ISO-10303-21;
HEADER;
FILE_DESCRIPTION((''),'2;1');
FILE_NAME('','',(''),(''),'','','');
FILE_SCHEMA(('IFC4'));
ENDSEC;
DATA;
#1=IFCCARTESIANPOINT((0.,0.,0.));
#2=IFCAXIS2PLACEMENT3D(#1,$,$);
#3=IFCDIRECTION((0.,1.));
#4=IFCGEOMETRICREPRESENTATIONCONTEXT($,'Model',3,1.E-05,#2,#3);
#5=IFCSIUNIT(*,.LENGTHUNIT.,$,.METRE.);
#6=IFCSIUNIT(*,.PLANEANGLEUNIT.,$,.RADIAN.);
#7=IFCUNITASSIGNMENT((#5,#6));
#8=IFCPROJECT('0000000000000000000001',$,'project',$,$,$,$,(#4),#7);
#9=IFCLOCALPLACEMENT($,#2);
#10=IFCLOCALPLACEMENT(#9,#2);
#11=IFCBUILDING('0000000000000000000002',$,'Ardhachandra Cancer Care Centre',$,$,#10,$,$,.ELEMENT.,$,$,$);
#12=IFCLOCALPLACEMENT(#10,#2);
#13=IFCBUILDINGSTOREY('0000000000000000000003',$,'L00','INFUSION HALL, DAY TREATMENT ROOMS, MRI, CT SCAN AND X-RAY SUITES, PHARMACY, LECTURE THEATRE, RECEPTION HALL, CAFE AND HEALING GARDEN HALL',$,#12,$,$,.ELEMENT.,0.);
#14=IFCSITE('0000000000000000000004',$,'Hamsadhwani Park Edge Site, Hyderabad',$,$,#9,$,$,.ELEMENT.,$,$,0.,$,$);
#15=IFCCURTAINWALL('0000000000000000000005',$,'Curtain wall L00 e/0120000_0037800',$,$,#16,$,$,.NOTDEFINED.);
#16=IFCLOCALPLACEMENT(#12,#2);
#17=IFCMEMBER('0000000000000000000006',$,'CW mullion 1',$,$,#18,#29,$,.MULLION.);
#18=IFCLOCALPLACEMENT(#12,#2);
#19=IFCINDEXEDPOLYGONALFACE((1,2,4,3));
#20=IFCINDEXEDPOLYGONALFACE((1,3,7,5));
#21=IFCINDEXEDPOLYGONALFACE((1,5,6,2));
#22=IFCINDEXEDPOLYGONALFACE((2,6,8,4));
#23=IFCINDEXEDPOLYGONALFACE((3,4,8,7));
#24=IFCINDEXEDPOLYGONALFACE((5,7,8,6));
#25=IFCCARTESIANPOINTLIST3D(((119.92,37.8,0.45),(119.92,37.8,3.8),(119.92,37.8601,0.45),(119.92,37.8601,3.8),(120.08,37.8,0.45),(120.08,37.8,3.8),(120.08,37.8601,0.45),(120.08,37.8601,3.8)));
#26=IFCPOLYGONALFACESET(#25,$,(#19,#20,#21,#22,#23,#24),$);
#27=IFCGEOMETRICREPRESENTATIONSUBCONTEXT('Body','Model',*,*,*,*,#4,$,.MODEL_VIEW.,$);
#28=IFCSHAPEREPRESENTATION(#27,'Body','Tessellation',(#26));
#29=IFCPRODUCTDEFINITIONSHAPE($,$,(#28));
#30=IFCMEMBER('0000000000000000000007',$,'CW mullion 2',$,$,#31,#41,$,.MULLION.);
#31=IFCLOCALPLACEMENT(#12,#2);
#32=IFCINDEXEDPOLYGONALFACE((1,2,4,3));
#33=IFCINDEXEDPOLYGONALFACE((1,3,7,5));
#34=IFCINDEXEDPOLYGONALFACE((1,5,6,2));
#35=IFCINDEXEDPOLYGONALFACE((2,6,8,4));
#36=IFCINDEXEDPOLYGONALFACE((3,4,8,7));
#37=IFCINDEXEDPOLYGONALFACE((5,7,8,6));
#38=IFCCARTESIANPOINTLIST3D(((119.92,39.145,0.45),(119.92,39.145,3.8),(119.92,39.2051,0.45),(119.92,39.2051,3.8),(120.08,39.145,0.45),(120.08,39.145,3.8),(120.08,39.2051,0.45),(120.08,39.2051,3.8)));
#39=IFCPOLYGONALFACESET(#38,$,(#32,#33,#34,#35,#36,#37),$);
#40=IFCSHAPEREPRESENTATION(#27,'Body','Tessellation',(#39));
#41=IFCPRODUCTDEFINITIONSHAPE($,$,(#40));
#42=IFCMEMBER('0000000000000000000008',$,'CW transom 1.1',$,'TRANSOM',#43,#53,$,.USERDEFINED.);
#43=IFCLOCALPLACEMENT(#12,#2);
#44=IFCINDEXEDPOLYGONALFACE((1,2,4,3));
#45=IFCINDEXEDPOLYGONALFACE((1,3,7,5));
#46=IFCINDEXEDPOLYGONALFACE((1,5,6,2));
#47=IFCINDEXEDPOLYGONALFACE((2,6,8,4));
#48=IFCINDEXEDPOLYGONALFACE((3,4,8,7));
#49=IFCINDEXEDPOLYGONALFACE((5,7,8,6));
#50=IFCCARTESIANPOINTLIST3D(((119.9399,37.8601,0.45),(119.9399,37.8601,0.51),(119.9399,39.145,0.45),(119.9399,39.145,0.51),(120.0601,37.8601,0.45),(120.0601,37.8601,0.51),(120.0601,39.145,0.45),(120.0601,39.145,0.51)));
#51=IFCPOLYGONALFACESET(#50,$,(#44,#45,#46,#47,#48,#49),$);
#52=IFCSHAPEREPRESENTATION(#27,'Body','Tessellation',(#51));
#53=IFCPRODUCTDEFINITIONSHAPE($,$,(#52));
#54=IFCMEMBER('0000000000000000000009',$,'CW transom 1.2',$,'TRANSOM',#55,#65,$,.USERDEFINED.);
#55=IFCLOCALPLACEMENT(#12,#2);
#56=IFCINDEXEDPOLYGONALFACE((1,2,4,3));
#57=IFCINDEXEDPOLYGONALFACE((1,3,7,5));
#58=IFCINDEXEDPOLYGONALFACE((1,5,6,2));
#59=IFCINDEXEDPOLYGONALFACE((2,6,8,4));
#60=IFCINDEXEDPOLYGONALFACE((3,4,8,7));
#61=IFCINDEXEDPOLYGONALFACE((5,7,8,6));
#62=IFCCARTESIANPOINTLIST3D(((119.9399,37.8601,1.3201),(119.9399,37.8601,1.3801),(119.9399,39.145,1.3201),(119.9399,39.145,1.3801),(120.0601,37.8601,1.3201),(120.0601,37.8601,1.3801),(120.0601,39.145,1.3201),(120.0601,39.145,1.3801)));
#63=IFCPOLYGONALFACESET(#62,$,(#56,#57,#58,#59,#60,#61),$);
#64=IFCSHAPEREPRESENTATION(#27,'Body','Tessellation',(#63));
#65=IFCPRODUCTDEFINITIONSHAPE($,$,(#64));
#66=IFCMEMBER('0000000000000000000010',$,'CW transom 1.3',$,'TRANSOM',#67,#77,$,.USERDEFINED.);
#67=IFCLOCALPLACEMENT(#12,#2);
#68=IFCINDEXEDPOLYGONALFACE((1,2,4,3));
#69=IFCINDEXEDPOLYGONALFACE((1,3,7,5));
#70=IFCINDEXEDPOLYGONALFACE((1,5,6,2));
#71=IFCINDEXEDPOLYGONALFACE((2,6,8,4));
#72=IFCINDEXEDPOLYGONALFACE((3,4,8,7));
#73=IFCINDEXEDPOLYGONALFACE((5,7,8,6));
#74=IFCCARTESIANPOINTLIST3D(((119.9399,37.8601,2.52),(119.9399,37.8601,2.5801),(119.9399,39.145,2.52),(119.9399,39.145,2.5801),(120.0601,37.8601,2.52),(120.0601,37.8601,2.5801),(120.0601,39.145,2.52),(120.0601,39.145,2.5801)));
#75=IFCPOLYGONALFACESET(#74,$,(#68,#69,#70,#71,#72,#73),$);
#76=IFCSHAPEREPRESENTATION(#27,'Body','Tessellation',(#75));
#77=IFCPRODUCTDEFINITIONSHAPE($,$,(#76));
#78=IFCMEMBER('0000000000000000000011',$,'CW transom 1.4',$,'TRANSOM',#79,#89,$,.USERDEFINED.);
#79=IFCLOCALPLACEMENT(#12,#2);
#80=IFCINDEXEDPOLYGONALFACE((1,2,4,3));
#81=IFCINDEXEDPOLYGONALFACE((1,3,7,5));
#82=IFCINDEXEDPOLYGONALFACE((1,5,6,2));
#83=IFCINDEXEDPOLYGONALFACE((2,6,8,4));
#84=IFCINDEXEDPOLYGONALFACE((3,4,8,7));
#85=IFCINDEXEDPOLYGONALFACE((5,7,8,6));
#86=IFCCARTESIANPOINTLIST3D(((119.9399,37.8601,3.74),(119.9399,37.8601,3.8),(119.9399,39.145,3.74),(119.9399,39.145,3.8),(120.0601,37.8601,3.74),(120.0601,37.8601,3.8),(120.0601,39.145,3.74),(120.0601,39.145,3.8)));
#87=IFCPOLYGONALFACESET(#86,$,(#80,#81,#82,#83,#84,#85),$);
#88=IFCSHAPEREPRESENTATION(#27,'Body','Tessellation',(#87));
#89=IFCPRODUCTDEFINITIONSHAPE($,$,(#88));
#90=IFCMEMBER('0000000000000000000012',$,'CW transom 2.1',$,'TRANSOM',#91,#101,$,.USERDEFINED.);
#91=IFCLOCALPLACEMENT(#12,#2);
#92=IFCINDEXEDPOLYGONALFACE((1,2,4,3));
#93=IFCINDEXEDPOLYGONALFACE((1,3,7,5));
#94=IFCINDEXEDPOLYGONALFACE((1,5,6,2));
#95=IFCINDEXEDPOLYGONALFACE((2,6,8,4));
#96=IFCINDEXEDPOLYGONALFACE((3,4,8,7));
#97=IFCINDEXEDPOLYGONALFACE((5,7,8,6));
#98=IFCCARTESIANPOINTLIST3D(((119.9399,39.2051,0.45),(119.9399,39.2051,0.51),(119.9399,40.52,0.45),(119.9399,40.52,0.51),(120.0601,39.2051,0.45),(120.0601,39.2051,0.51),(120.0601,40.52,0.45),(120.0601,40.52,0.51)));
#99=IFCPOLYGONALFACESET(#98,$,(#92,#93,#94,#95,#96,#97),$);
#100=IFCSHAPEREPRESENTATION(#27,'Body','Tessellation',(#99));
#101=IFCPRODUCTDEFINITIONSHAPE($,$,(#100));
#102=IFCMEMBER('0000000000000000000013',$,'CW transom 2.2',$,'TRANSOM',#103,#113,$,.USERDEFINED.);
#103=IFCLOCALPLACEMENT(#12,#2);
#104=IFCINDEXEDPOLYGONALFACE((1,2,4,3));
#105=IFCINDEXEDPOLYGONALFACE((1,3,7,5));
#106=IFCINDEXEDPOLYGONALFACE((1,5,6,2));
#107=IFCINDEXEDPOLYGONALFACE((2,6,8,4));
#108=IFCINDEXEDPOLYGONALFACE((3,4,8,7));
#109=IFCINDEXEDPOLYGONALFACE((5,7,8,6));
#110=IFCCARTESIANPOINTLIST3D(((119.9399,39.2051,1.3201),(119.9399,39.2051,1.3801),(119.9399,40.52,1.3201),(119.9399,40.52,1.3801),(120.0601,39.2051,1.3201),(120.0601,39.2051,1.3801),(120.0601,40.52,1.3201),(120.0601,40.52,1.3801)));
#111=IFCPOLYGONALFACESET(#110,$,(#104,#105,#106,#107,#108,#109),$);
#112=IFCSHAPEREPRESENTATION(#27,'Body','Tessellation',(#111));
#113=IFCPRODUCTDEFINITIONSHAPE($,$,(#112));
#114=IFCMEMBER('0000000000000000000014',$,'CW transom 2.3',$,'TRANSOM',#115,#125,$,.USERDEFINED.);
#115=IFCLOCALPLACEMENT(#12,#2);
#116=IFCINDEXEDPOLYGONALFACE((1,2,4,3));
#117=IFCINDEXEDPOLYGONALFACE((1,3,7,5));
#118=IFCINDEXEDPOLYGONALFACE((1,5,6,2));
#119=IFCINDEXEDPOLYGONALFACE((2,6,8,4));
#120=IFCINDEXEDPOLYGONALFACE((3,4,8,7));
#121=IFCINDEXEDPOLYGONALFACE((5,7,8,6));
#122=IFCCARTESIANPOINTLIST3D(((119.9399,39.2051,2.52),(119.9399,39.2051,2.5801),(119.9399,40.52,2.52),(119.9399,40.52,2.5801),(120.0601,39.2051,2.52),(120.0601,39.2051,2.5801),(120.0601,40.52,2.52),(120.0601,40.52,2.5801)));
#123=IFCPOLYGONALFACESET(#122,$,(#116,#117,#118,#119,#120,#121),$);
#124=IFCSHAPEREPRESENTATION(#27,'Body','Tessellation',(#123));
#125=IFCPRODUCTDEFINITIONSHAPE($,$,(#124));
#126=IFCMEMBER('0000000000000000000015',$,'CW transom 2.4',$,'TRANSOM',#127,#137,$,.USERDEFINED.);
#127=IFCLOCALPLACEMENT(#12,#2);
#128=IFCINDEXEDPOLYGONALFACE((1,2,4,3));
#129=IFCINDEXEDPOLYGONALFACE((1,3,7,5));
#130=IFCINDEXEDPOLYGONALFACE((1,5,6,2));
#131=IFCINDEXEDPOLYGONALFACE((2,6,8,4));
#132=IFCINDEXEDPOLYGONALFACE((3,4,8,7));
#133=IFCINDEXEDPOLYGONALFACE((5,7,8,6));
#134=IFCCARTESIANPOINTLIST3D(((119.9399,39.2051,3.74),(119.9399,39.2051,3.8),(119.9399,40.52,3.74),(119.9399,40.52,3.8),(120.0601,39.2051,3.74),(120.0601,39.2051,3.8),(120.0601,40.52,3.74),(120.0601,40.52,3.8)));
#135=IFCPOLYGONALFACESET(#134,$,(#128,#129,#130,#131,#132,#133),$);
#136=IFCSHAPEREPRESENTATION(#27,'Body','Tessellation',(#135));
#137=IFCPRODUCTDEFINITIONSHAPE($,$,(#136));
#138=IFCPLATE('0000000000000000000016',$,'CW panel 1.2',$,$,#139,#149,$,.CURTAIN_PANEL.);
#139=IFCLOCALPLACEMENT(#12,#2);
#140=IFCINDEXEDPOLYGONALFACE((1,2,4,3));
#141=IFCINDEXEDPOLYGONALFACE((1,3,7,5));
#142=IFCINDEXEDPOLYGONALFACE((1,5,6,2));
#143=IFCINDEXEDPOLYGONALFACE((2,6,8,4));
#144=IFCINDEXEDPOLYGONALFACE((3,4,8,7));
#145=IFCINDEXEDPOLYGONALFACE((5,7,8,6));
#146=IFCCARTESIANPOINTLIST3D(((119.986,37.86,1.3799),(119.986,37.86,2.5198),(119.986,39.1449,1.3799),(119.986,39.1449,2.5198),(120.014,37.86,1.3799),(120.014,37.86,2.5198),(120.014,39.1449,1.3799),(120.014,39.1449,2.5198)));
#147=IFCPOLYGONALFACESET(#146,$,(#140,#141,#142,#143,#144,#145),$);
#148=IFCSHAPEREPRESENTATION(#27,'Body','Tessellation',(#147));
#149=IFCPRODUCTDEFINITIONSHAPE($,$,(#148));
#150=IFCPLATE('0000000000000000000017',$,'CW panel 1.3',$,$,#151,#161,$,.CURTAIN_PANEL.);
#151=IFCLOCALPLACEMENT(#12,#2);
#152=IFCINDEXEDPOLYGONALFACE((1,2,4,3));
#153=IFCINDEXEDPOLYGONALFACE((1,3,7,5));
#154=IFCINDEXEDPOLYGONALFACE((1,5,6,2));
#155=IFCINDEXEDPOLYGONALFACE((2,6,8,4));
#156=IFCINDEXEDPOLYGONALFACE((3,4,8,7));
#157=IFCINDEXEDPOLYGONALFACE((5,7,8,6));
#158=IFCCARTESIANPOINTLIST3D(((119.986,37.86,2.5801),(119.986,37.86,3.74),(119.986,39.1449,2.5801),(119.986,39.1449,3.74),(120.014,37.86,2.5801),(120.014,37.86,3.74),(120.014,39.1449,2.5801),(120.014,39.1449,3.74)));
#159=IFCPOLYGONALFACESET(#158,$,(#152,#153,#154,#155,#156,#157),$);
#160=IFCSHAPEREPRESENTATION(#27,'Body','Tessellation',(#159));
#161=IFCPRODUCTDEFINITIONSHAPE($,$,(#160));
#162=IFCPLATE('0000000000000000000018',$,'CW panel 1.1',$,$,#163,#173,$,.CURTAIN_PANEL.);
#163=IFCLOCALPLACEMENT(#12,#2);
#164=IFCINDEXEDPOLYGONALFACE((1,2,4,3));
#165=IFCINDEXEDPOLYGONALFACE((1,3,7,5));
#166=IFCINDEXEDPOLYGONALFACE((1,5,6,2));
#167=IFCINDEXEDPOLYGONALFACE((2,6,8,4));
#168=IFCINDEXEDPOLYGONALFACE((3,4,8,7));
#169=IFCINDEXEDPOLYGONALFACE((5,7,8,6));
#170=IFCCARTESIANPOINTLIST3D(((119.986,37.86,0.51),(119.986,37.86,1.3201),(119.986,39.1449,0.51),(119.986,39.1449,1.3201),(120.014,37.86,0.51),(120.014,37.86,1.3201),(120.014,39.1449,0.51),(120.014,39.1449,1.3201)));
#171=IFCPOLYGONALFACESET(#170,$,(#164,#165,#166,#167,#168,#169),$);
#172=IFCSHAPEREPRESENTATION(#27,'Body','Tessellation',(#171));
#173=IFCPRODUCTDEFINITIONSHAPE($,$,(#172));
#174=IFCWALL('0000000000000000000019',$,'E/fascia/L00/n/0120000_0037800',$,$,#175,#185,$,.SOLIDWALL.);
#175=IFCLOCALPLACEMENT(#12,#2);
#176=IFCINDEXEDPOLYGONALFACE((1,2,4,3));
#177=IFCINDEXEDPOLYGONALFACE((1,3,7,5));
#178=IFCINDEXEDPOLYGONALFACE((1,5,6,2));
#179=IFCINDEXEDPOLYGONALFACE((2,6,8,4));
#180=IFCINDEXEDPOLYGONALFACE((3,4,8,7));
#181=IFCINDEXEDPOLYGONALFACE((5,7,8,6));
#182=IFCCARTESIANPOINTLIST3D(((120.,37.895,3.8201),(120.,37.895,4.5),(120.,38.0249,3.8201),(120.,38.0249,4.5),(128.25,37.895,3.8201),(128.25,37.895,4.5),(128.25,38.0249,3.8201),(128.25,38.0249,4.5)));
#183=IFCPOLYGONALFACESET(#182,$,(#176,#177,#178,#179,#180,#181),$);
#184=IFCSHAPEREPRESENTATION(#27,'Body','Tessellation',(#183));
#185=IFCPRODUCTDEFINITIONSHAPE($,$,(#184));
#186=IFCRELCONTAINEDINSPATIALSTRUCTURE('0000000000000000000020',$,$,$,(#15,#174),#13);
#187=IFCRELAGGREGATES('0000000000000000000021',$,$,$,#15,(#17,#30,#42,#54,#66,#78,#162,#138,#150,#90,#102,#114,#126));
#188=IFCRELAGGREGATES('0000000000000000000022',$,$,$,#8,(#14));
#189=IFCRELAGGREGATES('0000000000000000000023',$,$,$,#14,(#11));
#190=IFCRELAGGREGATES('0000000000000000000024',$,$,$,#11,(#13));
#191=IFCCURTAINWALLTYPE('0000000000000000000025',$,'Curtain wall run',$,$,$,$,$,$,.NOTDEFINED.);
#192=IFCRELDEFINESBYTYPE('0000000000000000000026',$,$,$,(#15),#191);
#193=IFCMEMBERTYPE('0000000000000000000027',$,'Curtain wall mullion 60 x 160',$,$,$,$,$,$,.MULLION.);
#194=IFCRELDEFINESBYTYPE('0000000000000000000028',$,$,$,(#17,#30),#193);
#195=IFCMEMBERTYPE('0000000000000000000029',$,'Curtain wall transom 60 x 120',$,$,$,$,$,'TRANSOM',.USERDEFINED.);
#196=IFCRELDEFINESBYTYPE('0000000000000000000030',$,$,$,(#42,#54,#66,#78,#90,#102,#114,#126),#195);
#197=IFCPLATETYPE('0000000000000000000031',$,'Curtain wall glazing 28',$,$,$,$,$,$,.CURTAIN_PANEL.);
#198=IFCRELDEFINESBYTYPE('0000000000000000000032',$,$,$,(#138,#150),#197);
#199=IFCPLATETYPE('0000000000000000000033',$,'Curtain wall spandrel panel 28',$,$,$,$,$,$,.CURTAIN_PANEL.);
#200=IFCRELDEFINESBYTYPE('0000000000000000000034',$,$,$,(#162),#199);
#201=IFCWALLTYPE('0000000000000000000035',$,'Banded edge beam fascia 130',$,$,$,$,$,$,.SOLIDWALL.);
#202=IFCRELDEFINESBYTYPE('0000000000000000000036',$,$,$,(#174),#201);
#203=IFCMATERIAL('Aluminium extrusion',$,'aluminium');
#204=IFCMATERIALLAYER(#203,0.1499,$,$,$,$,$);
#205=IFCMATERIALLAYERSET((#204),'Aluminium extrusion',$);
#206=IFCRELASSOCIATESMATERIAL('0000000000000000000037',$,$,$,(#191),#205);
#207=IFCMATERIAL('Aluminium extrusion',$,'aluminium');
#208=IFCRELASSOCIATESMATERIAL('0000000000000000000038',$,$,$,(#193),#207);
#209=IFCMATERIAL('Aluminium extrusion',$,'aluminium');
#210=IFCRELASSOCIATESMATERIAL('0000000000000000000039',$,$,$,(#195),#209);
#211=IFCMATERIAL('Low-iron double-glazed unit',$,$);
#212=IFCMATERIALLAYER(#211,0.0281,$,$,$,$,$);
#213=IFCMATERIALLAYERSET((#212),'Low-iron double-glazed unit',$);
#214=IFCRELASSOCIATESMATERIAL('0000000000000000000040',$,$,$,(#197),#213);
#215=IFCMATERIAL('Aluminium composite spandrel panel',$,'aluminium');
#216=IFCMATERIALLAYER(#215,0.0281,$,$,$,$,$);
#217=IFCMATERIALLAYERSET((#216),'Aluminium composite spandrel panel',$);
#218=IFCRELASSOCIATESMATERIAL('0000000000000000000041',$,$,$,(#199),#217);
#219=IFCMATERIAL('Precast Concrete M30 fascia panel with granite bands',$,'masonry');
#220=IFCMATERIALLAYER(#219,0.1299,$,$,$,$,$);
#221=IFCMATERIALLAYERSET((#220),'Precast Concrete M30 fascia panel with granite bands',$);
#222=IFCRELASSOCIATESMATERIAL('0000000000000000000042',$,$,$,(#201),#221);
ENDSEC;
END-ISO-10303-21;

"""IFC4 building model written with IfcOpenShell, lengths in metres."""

from ifc_helpers import new_model, si_unit, direction, frame, frame_2d, origin, origin_2d, place, context, subcontext, project, spatial, rectangle, extrude, material, layer, layer_set, material_profile, profile_set, type_object, element, aggregate, save


model = new_model("IFC4")

# Units and contexts
model_context = context("Model", 3, precision=1e-05, world=origin(), true_north=direction((0.0, 1.0)))
body_context = subcontext(model_context, "Body", "Model", "MODEL_VIEW")
ifc_project = project(units=[si_unit("LENGTHUNIT", "METRE"), si_unit("PLANEANGLEUNIT", "RADIAN")], contexts=[model_context])

# Site, building, storey
site_placement = place(None, origin())
site = spatial("IfcSite", under=ifc_project, at=site_placement, Name="Hamsadhwani Park Edge Site, Hyderabad", CompositionType="ELEMENT", RefElevation=0.0)
building_placement = place(site_placement, origin())
building = spatial("IfcBuilding", under=site, at=building_placement, Name="Ardhachandra Cancer Care Centre", CompositionType="ELEMENT")
storey_placement = place(building_placement, origin())
storey = spatial("IfcBuildingStorey", under=building, at=storey_placement, Name="L00", Description="INFUSION HALL, DAY TREATMENT ROOMS, MRI, CT SCAN AND X-RAY SUITES, PHARMACY, LECTURE THEATRE, RECEPTION HALL, CAFE AND HEALING GARDEN HALL", CompositionType="ELEMENT", Elevation=0.0)

# Curtain wall, members, plates
ifc_material_1 = material(Name="Aluminium extrusion", Category="aluminium")
ifc_layer_1 = layer(ifc_material_1, 0.1499)
ifc_layer_set_1 = layer_set([ifc_layer_1], Name="Aluminium extrusion")
curtain_wall_type = type_object("IfcCurtainWallType", Name="Curtain wall run", PredefinedType="NOTDEFINED", material=ifc_layer_set_1)
curtain_wall_placement = place(storey_placement, origin())
curtain_wall = element("IfcCurtainWall", 1, at=curtain_wall_placement, inside=storey, type_object=curtain_wall_type, Name="Curtain wall L00 e/0120000_0037800", PredefinedType="NOTDEFINED")
ifc_material_2 = material(Name="Aluminium extrusion", Category="aluminium")
ifc_material_profile_1 = material_profile(ifc_material_2, rectangle(XDim=0.1599, YDim=0.0601, at=origin_2d()), Name="Curtain wall mullion 60 x 160")
ifc_profile_set_1 = profile_set([ifc_material_profile_1], Name="Aluminium extrusion")
member_type_1 = type_object("IfcMemberType", Name="Curtain wall mullion 60 x 160", PredefinedType="MULLION", material=ifc_profile_set_1)
member_1_placement = place(storey_placement, frame((120.0, 37.8301, 0.45), z_axis=(0.0, 0.0, 1.0), x_axis=(-1.0, 0.0, 0.0)))
member_1 = element("IfcMember", 2, at=member_1_placement, type_object=member_type_1, Name="CW mullion 1", PredefinedType="MULLION", context=body_context, shape_type="SweptSolid", body=[
    extrude(rectangle(XDim=0.1599, YDim=0.0601, at=origin_2d()), origin(), (0.0, 0.0, 1.0), 3.3501),
])
member_2_placement = place(storey_placement, frame((120.0, 39.175, 0.45), z_axis=(0.0, 0.0, 1.0), x_axis=(-1.0, 0.0, 0.0)))
member_2 = element("IfcMember", 3, at=member_2_placement, type_object=member_type_1, Name="CW mullion 2", PredefinedType="MULLION", context=body_context, shape_type="SweptSolid", body=[
    extrude(rectangle(XDim=0.1599, YDim=0.0601, at=origin_2d()), origin(), (0.0, 0.0, 1.0), 3.3501),
])
ifc_material_3 = material(Name="Aluminium extrusion", Category="aluminium")
ifc_material_profile_2 = material_profile(ifc_material_3, rectangle(XDim=0.1201, YDim=0.0601, at=origin_2d()), Name="Curtain wall transom 60 x 120")
ifc_profile_set_2 = profile_set([ifc_material_profile_2], Name="Aluminium extrusion")
member_type_2 = type_object("IfcMemberType", Name="Curtain wall transom 60 x 120", ElementType="TRANSOM", PredefinedType="USERDEFINED", material=ifc_profile_set_2)
member_3_placement = place(storey_placement, frame((120.0, 37.8601, 0.48), z_axis=(0.0, 1.0, 0.0), x_axis=(-1.0, 0.0, 0.0)))
member_3 = element("IfcMember", 4, at=member_3_placement, type_object=member_type_2, Name="CW transom 1.1", ObjectType="TRANSOM", PredefinedType="USERDEFINED", context=body_context, shape_type="SweptSolid", body=[
    extrude(rectangle(XDim=0.1201, YDim=0.0601, at=origin_2d()), origin(), (0.0, 0.0, 1.0), 1.2849),
])
member_4_placement = place(storey_placement, frame((120.0, 37.8601, 1.3501), z_axis=(0.0, 1.0, 0.0), x_axis=(-1.0, 0.0, 0.0)))
member_4 = element("IfcMember", 5, at=member_4_placement, type_object=member_type_2, Name="CW transom 1.2", ObjectType="TRANSOM", PredefinedType="USERDEFINED", context=body_context, shape_type="SweptSolid", body=[
    extrude(rectangle(XDim=0.1201, YDim=0.0601, at=origin_2d()), origin(), (0.0, 0.0, 1.0), 1.2849),
])
member_5_placement = place(storey_placement, frame((120.0, 37.8601, 2.55), z_axis=(0.0, 1.0, 0.0), x_axis=(-1.0, 0.0, 0.0)))
member_5 = element("IfcMember", 6, at=member_5_placement, type_object=member_type_2, Name="CW transom 1.3", ObjectType="TRANSOM", PredefinedType="USERDEFINED", context=body_context, shape_type="SweptSolid", body=[
    extrude(rectangle(XDim=0.1201, YDim=0.0601, at=origin_2d()), origin(), (0.0, 0.0, 1.0), 1.2849),
])
member_6_placement = place(storey_placement, frame((120.0, 37.8601, 3.77), z_axis=(0.0, 1.0, 0.0), x_axis=(-1.0, 0.0, 0.0)))
member_6 = element("IfcMember", 7, at=member_6_placement, type_object=member_type_2, Name="CW transom 1.4", ObjectType="TRANSOM", PredefinedType="USERDEFINED", context=body_context, shape_type="SweptSolid", body=[
    extrude(rectangle(XDim=0.1201, YDim=0.0601, at=origin_2d()), origin(), (0.0, 0.0, 1.0), 1.2849),
])
member_7_placement = place(storey_placement, frame((120.0, 39.2051, 0.48), z_axis=(0.0, 1.0, 0.0), x_axis=(-1.0, 0.0, 0.0)))
member_7 = element("IfcMember", 8, at=member_7_placement, type_object=member_type_2, Name="CW transom 2.1", ObjectType="TRANSOM", PredefinedType="USERDEFINED", context=body_context, shape_type="SweptSolid", body=[
    extrude(rectangle(XDim=0.1201, YDim=0.0601, at=origin_2d()), origin(), (0.0, 0.0, 1.0), 1.3149),
])
member_8_placement = place(storey_placement, frame((120.0, 39.2051, 1.3501), z_axis=(0.0, 1.0, 0.0), x_axis=(-1.0, 0.0, 0.0)))
member_8 = element("IfcMember", 9, at=member_8_placement, type_object=member_type_2, Name="CW transom 2.2", ObjectType="TRANSOM", PredefinedType="USERDEFINED", context=body_context, shape_type="SweptSolid", body=[
    extrude(rectangle(XDim=0.1201, YDim=0.0601, at=origin_2d()), origin(), (0.0, 0.0, 1.0), 1.3149),
])
member_9_placement = place(storey_placement, frame((120.0, 39.2051, 2.55), z_axis=(0.0, 1.0, 0.0), x_axis=(-1.0, 0.0, 0.0)))
member_9 = element("IfcMember", 10, at=member_9_placement, type_object=member_type_2, Name="CW transom 2.3", ObjectType="TRANSOM", PredefinedType="USERDEFINED", context=body_context, shape_type="SweptSolid", body=[
    extrude(rectangle(XDim=0.1201, YDim=0.0601, at=origin_2d()), origin(), (0.0, 0.0, 1.0), 1.3149),
])
member_10_placement = place(storey_placement, frame((120.0, 39.2051, 3.77), z_axis=(0.0, 1.0, 0.0), x_axis=(-1.0, 0.0, 0.0)))
member_10 = element("IfcMember", 11, at=member_10_placement, type_object=member_type_2, Name="CW transom 2.4", ObjectType="TRANSOM", PredefinedType="USERDEFINED", context=body_context, shape_type="SweptSolid", body=[
    extrude(rectangle(XDim=0.1201, YDim=0.0601, at=origin_2d()), origin(), (0.0, 0.0, 1.0), 1.3149),
])
ifc_material_4 = material(Name="Low-iron double-glazed unit")
ifc_layer_2 = layer(ifc_material_4, 0.0281)
ifc_layer_set_2 = layer_set([ifc_layer_2], Name="Low-iron double-glazed unit")
plate_type_1 = type_object("IfcPlateType", Name="Curtain wall glazing 28", PredefinedType="CURTAIN_PANEL", material=ifc_layer_set_2)
plate_1_placement = place(storey_placement, frame((120.0, 38.5024, 1.3799), z_axis=(0.0, 0.0, 1.0), x_axis=(0.0, 1.0, 0.0)))
plate_1 = element("IfcPlate", 12, at=plate_1_placement, type_object=plate_type_1, Name="CW panel 1.2", PredefinedType="CURTAIN_PANEL", context=body_context, shape_type="SweptSolid", body=[
    extrude(rectangle(XDim=1.2849, YDim=0.0281, at=origin_2d()), origin(), (0.0, 0.0, 1.0), 1.1399),
])
plate_2_placement = place(storey_placement, frame((120.0, 38.5024, 2.5801), z_axis=(0.0, 0.0, 1.0), x_axis=(0.0, 1.0, 0.0)))
plate_2 = element("IfcPlate", 13, at=plate_2_placement, type_object=plate_type_1, Name="CW panel 1.3", PredefinedType="CURTAIN_PANEL", context=body_context, shape_type="SweptSolid", body=[
    extrude(rectangle(XDim=1.2849, YDim=0.0281, at=origin_2d()), origin(), (0.0, 0.0, 1.0), 1.1599),
])
ifc_material_5 = material(Name="Aluminium composite spandrel panel", Category="aluminium")
ifc_layer_3 = layer(ifc_material_5, 0.0281)
ifc_layer_set_3 = layer_set([ifc_layer_3], Name="Aluminium composite spandrel panel")
plate_type_2 = type_object("IfcPlateType", Name="Curtain wall spandrel panel 28", PredefinedType="CURTAIN_PANEL", material=ifc_layer_set_3)
plate_3_placement = place(storey_placement, frame((120.0, 38.5024, 0.51), z_axis=(0.0, 0.0, 1.0), x_axis=(0.0, 1.0, 0.0)))
plate_3 = element("IfcPlate", 14, at=plate_3_placement, type_object=plate_type_2, Name="CW panel 1.1", PredefinedType="CURTAIN_PANEL", context=body_context, shape_type="SweptSolid", body=[
    extrude(rectangle(XDim=1.2849, YDim=0.0281, at=origin_2d()), origin(), (0.0, 0.0, 1.0), 0.8101),
])
aggregate(curtain_wall, [member_1, member_2, member_3, member_4, member_5, member_6, plate_3, plate_1, plate_2, member_7, member_8, member_9, member_10])

# Wall
ifc_material_6 = material(Name="Precast Concrete M30 fascia panel with granite bands", Category="masonry")
ifc_layer_4 = layer(ifc_material_6, 0.1299)
ifc_layer_set_4 = layer_set([ifc_layer_4], Name="Precast Concrete M30 fascia panel with granite bands")
wall_type_1 = type_object("IfcWallType", Name="Banded edge beam fascia 130", PredefinedType="SOLIDWALL", material=ifc_layer_set_4)
wall_1_placement = place(storey_placement, frame((120.0, 37.96, 3.8201), z_axis=(0.0, 0.0, 1.0), x_axis=(1.0, 0.0, 0.0)))
element("IfcWall", 15, at=wall_1_placement, inside=storey, type_object=wall_type_1, Name="E/fascia/L00/n/0120000_0037800", PredefinedType="SOLIDWALL", context=body_context, shape_type="SweptSolid", body=[
    extrude(rectangle(XDim=8.25, YDim=0.1299, at=frame_2d((4.125, 0.0))), origin(), (0.0, 0.0, 1.0), 0.6799),
])

save(model, "model.ifc")
